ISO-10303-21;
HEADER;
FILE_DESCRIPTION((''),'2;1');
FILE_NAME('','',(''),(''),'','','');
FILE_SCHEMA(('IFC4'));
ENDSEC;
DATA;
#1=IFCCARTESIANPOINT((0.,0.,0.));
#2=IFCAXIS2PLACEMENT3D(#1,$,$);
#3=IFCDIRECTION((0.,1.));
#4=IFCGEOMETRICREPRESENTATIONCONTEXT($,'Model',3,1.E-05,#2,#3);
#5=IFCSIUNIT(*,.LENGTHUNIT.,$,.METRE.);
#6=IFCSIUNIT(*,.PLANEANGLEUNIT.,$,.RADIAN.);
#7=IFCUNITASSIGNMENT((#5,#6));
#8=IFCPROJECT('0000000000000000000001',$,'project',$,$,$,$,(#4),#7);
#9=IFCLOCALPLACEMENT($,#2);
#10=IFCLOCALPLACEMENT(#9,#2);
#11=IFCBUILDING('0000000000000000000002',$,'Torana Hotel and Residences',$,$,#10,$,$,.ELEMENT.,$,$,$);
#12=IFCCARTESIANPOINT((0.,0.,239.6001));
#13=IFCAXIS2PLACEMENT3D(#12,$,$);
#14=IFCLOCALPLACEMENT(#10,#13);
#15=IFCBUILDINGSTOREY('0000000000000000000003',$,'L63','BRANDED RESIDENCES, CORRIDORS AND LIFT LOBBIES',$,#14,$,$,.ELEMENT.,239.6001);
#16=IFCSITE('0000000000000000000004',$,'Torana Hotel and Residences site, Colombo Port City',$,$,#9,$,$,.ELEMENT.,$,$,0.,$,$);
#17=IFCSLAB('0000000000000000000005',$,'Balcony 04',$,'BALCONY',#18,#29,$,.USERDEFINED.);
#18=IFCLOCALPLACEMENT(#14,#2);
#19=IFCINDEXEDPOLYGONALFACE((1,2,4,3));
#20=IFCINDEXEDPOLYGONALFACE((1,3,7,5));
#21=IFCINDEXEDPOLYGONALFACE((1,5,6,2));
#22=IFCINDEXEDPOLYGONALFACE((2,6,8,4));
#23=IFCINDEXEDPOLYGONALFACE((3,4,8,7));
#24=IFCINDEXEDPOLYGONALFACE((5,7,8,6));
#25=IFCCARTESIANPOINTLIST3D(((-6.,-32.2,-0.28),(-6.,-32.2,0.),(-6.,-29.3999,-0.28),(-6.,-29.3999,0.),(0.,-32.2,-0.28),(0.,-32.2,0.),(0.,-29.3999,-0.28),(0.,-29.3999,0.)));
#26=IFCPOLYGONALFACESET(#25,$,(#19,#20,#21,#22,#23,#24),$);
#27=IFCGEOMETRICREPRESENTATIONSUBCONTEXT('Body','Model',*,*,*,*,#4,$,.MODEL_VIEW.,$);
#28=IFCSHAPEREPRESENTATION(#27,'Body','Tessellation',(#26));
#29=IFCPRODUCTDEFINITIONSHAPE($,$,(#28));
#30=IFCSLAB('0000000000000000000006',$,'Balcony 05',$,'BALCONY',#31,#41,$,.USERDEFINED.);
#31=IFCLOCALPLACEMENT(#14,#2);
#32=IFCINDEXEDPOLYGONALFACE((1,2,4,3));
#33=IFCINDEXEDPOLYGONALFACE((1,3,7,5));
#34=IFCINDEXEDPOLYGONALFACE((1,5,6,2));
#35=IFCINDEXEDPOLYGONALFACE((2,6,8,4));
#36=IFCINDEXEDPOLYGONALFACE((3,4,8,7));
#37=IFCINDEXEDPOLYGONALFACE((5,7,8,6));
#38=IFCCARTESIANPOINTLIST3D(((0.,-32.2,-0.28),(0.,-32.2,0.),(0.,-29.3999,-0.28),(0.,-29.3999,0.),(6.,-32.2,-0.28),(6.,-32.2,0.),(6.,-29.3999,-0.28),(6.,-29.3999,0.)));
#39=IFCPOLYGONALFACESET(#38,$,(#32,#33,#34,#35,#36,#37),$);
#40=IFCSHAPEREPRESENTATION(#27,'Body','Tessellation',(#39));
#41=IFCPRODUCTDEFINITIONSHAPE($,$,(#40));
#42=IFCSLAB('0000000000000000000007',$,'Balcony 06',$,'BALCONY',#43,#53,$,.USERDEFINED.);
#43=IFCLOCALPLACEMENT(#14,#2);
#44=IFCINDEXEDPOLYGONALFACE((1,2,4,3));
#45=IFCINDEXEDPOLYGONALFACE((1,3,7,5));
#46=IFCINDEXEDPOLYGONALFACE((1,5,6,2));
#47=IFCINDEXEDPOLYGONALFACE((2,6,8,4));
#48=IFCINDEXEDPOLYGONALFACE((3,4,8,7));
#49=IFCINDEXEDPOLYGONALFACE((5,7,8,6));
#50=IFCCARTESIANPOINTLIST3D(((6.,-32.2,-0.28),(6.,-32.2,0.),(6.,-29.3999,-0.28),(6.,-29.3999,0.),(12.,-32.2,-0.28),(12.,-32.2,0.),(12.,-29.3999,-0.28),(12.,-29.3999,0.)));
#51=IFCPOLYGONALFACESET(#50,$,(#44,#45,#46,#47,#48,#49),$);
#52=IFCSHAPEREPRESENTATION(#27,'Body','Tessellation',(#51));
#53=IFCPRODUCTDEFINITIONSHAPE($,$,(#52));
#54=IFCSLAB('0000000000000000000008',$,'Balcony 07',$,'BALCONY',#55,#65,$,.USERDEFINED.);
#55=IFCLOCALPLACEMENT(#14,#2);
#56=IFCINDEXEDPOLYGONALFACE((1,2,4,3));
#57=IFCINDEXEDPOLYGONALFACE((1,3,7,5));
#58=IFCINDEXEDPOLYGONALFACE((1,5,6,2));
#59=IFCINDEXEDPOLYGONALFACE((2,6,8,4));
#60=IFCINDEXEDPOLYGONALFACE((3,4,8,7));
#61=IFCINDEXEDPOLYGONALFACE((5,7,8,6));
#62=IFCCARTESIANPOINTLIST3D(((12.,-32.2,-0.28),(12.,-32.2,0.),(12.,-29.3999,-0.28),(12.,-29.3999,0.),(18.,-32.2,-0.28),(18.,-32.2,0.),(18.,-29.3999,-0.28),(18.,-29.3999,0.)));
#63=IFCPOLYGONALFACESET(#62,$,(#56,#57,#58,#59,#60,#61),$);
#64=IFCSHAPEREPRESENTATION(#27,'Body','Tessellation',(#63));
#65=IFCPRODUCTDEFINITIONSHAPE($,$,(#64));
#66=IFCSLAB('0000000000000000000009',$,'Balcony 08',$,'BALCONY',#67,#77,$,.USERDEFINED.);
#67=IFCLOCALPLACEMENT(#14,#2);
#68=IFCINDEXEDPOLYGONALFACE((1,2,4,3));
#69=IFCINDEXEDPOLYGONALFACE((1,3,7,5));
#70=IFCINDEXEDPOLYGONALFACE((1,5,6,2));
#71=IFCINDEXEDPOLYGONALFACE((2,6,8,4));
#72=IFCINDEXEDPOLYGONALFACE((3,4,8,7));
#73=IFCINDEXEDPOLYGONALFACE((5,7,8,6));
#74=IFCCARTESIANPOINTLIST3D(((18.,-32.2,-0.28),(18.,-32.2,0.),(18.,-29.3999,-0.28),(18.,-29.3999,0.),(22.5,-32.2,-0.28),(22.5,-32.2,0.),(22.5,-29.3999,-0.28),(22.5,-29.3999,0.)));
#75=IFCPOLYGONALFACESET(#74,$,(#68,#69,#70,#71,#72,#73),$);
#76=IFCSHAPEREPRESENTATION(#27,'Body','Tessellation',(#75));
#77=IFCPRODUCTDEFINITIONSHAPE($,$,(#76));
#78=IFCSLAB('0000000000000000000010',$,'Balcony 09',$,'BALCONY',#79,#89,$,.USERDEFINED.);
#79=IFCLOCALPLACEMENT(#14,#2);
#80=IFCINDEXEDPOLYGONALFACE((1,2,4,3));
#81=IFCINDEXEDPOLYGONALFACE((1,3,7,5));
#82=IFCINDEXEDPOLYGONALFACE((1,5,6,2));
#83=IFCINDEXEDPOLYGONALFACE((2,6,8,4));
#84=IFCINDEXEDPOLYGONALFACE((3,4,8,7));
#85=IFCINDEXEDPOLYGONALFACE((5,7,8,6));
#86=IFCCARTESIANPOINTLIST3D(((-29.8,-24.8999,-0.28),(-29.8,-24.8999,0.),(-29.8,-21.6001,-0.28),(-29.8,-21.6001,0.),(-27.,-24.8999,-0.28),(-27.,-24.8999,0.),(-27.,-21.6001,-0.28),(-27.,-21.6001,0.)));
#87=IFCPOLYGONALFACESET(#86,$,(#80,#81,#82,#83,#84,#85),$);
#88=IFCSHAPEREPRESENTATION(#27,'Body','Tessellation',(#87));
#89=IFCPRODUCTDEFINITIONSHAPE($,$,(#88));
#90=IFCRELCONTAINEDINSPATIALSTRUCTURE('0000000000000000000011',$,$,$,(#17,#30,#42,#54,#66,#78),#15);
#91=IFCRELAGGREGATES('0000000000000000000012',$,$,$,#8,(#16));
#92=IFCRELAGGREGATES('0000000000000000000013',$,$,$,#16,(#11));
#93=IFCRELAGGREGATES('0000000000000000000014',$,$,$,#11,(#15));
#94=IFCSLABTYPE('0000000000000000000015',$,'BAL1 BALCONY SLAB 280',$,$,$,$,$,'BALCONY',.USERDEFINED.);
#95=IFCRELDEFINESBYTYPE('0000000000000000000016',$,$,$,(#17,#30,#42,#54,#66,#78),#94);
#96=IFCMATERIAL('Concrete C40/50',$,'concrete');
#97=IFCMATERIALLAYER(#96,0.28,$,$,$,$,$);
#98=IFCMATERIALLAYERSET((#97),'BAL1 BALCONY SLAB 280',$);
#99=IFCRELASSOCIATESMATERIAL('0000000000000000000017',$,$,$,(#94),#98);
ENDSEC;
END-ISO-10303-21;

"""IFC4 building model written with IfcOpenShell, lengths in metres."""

from ifc_helpers import new_model, si_unit, direction, frame, origin, place, context, subcontext, project, spatial, polyline, outline, extrude, material, layer, layer_set, type_object, element, save


model = new_model("IFC4")

# Units and contexts
model_context = context("Model", 3, precision=1e-05, world=origin(), true_north=direction((0.0, 1.0)))
body_context = subcontext(model_context, "Body", "Model", "MODEL_VIEW")
ifc_project = project(units=[si_unit("LENGTHUNIT", "METRE"), si_unit("PLANEANGLEUNIT", "RADIAN")], contexts=[model_context])

# Site, building, storey
site_placement = place(None, origin())
site = spatial("IfcSite", under=ifc_project, at=site_placement, Name="Torana Hotel and Residences site, Colombo Port City", CompositionType="ELEMENT", RefElevation=0.0)
building_placement = place(site_placement, origin())
building = spatial("IfcBuilding", under=site, at=building_placement, Name="Torana Hotel and Residences", CompositionType="ELEMENT")
storey_placement = place(building_placement, frame((0.0, 0.0, 239.6001)))
storey = spatial("IfcBuildingStorey", under=building, at=storey_placement, Name="L63", Description="BRANDED RESIDENCES, CORRIDORS AND LIFT LOBBIES", CompositionType="ELEMENT", Elevation=239.6001)

# Slabs
ifc_material_1 = material(Name="Concrete C40/50", Category="concrete")
ifc_layer_1 = layer(ifc_material_1, 0.28)
ifc_layer_set_1 = layer_set([ifc_layer_1], Name="BAL1 BALCONY SLAB 280")
slab_type = type_object("IfcSlabType", Name="BAL1 BALCONY SLAB 280", ElementType="BALCONY", PredefinedType="USERDEFINED", material=ifc_layer_set_1)
slab_1_placement = place(storey_placement, frame((0.0, 0.0, -0.28)))
element("IfcSlab", 1, at=slab_1_placement, inside=storey, type_object=slab_type, Name="Balcony 04", ObjectType="BALCONY", PredefinedType="USERDEFINED", context=body_context, shape_type="SweptSolid", body=[
    extrude(outline(polyline([(-6.0, -32.2), (0.0, -32.2), (0.0, -29.3999), (-6.0, -29.3999), (-6.0, -32.2)])), origin(), (0.0, 0.0, 1.0), 0.28),
])
slab_2_placement = place(storey_placement, frame((0.0, 0.0, -0.28)))
element("IfcSlab", 2, at=slab_2_placement, inside=storey, type_object=slab_type, Name="Balcony 05", ObjectType="BALCONY", PredefinedType="USERDEFINED", context=body_context, shape_type="SweptSolid", body=[
    extrude(outline(polyline([(0.0, -32.2), (6.0, -32.2), (6.0, -29.3999), (0.0, -29.3999), (0.0, -32.2)])), origin(), (0.0, 0.0, 1.0), 0.28),
])
slab_3_placement = place(storey_placement, frame((0.0, 0.0, -0.28)))
element("IfcSlab", 3, at=slab_3_placement, inside=storey, type_object=slab_type, Name="Balcony 06", ObjectType="BALCONY", PredefinedType="USERDEFINED", context=body_context, shape_type="SweptSolid", body=[
    extrude(outline(polyline([(6.0, -32.2), (12.0, -32.2), (12.0, -29.3999), (6.0, -29.3999), (6.0, -32.2)])), origin(), (0.0, 0.0, 1.0), 0.28),
])
slab_4_placement = place(storey_placement, frame((0.0, 0.0, -0.28)))
element("IfcSlab", 4, at=slab_4_placement, inside=storey, type_object=slab_type, Name="Balcony 07", ObjectType="BALCONY", PredefinedType="USERDEFINED", context=body_context, shape_type="SweptSolid", body=[
    extrude(outline(polyline([(12.0, -32.2), (18.0, -32.2), (18.0, -29.3999), (12.0, -29.3999), (12.0, -32.2)])), origin(), (0.0, 0.0, 1.0), 0.28),
])
slab_5_placement = place(storey_placement, frame((0.0, 0.0, -0.28)))
element("IfcSlab", 5, at=slab_5_placement, inside=storey, type_object=slab_type, Name="Balcony 08", ObjectType="BALCONY", PredefinedType="USERDEFINED", context=body_context, shape_type="SweptSolid", body=[
    extrude(outline(polyline([(18.0, -32.2), (22.5, -32.2), (22.5, -29.3999), (18.0, -29.3999), (18.0, -32.2)])), origin(), (0.0, 0.0, 1.0), 0.28),
])
slab_6_placement = place(storey_placement, frame((0.0, 0.0, -0.28)))
element("IfcSlab", 6, at=slab_6_placement, inside=storey, type_object=slab_type, Name="Balcony 09", ObjectType="BALCONY", PredefinedType="USERDEFINED", context=body_context, shape_type="SweptSolid", body=[
    extrude(outline(polyline([(-29.8, -24.8999), (-27.0, -24.8999), (-27.0, -21.6001), (-29.8, -21.6001), (-29.8, -24.8999)])), origin(), (0.0, 0.0, 1.0), 0.28),
])

save(model, "model.ifc")
